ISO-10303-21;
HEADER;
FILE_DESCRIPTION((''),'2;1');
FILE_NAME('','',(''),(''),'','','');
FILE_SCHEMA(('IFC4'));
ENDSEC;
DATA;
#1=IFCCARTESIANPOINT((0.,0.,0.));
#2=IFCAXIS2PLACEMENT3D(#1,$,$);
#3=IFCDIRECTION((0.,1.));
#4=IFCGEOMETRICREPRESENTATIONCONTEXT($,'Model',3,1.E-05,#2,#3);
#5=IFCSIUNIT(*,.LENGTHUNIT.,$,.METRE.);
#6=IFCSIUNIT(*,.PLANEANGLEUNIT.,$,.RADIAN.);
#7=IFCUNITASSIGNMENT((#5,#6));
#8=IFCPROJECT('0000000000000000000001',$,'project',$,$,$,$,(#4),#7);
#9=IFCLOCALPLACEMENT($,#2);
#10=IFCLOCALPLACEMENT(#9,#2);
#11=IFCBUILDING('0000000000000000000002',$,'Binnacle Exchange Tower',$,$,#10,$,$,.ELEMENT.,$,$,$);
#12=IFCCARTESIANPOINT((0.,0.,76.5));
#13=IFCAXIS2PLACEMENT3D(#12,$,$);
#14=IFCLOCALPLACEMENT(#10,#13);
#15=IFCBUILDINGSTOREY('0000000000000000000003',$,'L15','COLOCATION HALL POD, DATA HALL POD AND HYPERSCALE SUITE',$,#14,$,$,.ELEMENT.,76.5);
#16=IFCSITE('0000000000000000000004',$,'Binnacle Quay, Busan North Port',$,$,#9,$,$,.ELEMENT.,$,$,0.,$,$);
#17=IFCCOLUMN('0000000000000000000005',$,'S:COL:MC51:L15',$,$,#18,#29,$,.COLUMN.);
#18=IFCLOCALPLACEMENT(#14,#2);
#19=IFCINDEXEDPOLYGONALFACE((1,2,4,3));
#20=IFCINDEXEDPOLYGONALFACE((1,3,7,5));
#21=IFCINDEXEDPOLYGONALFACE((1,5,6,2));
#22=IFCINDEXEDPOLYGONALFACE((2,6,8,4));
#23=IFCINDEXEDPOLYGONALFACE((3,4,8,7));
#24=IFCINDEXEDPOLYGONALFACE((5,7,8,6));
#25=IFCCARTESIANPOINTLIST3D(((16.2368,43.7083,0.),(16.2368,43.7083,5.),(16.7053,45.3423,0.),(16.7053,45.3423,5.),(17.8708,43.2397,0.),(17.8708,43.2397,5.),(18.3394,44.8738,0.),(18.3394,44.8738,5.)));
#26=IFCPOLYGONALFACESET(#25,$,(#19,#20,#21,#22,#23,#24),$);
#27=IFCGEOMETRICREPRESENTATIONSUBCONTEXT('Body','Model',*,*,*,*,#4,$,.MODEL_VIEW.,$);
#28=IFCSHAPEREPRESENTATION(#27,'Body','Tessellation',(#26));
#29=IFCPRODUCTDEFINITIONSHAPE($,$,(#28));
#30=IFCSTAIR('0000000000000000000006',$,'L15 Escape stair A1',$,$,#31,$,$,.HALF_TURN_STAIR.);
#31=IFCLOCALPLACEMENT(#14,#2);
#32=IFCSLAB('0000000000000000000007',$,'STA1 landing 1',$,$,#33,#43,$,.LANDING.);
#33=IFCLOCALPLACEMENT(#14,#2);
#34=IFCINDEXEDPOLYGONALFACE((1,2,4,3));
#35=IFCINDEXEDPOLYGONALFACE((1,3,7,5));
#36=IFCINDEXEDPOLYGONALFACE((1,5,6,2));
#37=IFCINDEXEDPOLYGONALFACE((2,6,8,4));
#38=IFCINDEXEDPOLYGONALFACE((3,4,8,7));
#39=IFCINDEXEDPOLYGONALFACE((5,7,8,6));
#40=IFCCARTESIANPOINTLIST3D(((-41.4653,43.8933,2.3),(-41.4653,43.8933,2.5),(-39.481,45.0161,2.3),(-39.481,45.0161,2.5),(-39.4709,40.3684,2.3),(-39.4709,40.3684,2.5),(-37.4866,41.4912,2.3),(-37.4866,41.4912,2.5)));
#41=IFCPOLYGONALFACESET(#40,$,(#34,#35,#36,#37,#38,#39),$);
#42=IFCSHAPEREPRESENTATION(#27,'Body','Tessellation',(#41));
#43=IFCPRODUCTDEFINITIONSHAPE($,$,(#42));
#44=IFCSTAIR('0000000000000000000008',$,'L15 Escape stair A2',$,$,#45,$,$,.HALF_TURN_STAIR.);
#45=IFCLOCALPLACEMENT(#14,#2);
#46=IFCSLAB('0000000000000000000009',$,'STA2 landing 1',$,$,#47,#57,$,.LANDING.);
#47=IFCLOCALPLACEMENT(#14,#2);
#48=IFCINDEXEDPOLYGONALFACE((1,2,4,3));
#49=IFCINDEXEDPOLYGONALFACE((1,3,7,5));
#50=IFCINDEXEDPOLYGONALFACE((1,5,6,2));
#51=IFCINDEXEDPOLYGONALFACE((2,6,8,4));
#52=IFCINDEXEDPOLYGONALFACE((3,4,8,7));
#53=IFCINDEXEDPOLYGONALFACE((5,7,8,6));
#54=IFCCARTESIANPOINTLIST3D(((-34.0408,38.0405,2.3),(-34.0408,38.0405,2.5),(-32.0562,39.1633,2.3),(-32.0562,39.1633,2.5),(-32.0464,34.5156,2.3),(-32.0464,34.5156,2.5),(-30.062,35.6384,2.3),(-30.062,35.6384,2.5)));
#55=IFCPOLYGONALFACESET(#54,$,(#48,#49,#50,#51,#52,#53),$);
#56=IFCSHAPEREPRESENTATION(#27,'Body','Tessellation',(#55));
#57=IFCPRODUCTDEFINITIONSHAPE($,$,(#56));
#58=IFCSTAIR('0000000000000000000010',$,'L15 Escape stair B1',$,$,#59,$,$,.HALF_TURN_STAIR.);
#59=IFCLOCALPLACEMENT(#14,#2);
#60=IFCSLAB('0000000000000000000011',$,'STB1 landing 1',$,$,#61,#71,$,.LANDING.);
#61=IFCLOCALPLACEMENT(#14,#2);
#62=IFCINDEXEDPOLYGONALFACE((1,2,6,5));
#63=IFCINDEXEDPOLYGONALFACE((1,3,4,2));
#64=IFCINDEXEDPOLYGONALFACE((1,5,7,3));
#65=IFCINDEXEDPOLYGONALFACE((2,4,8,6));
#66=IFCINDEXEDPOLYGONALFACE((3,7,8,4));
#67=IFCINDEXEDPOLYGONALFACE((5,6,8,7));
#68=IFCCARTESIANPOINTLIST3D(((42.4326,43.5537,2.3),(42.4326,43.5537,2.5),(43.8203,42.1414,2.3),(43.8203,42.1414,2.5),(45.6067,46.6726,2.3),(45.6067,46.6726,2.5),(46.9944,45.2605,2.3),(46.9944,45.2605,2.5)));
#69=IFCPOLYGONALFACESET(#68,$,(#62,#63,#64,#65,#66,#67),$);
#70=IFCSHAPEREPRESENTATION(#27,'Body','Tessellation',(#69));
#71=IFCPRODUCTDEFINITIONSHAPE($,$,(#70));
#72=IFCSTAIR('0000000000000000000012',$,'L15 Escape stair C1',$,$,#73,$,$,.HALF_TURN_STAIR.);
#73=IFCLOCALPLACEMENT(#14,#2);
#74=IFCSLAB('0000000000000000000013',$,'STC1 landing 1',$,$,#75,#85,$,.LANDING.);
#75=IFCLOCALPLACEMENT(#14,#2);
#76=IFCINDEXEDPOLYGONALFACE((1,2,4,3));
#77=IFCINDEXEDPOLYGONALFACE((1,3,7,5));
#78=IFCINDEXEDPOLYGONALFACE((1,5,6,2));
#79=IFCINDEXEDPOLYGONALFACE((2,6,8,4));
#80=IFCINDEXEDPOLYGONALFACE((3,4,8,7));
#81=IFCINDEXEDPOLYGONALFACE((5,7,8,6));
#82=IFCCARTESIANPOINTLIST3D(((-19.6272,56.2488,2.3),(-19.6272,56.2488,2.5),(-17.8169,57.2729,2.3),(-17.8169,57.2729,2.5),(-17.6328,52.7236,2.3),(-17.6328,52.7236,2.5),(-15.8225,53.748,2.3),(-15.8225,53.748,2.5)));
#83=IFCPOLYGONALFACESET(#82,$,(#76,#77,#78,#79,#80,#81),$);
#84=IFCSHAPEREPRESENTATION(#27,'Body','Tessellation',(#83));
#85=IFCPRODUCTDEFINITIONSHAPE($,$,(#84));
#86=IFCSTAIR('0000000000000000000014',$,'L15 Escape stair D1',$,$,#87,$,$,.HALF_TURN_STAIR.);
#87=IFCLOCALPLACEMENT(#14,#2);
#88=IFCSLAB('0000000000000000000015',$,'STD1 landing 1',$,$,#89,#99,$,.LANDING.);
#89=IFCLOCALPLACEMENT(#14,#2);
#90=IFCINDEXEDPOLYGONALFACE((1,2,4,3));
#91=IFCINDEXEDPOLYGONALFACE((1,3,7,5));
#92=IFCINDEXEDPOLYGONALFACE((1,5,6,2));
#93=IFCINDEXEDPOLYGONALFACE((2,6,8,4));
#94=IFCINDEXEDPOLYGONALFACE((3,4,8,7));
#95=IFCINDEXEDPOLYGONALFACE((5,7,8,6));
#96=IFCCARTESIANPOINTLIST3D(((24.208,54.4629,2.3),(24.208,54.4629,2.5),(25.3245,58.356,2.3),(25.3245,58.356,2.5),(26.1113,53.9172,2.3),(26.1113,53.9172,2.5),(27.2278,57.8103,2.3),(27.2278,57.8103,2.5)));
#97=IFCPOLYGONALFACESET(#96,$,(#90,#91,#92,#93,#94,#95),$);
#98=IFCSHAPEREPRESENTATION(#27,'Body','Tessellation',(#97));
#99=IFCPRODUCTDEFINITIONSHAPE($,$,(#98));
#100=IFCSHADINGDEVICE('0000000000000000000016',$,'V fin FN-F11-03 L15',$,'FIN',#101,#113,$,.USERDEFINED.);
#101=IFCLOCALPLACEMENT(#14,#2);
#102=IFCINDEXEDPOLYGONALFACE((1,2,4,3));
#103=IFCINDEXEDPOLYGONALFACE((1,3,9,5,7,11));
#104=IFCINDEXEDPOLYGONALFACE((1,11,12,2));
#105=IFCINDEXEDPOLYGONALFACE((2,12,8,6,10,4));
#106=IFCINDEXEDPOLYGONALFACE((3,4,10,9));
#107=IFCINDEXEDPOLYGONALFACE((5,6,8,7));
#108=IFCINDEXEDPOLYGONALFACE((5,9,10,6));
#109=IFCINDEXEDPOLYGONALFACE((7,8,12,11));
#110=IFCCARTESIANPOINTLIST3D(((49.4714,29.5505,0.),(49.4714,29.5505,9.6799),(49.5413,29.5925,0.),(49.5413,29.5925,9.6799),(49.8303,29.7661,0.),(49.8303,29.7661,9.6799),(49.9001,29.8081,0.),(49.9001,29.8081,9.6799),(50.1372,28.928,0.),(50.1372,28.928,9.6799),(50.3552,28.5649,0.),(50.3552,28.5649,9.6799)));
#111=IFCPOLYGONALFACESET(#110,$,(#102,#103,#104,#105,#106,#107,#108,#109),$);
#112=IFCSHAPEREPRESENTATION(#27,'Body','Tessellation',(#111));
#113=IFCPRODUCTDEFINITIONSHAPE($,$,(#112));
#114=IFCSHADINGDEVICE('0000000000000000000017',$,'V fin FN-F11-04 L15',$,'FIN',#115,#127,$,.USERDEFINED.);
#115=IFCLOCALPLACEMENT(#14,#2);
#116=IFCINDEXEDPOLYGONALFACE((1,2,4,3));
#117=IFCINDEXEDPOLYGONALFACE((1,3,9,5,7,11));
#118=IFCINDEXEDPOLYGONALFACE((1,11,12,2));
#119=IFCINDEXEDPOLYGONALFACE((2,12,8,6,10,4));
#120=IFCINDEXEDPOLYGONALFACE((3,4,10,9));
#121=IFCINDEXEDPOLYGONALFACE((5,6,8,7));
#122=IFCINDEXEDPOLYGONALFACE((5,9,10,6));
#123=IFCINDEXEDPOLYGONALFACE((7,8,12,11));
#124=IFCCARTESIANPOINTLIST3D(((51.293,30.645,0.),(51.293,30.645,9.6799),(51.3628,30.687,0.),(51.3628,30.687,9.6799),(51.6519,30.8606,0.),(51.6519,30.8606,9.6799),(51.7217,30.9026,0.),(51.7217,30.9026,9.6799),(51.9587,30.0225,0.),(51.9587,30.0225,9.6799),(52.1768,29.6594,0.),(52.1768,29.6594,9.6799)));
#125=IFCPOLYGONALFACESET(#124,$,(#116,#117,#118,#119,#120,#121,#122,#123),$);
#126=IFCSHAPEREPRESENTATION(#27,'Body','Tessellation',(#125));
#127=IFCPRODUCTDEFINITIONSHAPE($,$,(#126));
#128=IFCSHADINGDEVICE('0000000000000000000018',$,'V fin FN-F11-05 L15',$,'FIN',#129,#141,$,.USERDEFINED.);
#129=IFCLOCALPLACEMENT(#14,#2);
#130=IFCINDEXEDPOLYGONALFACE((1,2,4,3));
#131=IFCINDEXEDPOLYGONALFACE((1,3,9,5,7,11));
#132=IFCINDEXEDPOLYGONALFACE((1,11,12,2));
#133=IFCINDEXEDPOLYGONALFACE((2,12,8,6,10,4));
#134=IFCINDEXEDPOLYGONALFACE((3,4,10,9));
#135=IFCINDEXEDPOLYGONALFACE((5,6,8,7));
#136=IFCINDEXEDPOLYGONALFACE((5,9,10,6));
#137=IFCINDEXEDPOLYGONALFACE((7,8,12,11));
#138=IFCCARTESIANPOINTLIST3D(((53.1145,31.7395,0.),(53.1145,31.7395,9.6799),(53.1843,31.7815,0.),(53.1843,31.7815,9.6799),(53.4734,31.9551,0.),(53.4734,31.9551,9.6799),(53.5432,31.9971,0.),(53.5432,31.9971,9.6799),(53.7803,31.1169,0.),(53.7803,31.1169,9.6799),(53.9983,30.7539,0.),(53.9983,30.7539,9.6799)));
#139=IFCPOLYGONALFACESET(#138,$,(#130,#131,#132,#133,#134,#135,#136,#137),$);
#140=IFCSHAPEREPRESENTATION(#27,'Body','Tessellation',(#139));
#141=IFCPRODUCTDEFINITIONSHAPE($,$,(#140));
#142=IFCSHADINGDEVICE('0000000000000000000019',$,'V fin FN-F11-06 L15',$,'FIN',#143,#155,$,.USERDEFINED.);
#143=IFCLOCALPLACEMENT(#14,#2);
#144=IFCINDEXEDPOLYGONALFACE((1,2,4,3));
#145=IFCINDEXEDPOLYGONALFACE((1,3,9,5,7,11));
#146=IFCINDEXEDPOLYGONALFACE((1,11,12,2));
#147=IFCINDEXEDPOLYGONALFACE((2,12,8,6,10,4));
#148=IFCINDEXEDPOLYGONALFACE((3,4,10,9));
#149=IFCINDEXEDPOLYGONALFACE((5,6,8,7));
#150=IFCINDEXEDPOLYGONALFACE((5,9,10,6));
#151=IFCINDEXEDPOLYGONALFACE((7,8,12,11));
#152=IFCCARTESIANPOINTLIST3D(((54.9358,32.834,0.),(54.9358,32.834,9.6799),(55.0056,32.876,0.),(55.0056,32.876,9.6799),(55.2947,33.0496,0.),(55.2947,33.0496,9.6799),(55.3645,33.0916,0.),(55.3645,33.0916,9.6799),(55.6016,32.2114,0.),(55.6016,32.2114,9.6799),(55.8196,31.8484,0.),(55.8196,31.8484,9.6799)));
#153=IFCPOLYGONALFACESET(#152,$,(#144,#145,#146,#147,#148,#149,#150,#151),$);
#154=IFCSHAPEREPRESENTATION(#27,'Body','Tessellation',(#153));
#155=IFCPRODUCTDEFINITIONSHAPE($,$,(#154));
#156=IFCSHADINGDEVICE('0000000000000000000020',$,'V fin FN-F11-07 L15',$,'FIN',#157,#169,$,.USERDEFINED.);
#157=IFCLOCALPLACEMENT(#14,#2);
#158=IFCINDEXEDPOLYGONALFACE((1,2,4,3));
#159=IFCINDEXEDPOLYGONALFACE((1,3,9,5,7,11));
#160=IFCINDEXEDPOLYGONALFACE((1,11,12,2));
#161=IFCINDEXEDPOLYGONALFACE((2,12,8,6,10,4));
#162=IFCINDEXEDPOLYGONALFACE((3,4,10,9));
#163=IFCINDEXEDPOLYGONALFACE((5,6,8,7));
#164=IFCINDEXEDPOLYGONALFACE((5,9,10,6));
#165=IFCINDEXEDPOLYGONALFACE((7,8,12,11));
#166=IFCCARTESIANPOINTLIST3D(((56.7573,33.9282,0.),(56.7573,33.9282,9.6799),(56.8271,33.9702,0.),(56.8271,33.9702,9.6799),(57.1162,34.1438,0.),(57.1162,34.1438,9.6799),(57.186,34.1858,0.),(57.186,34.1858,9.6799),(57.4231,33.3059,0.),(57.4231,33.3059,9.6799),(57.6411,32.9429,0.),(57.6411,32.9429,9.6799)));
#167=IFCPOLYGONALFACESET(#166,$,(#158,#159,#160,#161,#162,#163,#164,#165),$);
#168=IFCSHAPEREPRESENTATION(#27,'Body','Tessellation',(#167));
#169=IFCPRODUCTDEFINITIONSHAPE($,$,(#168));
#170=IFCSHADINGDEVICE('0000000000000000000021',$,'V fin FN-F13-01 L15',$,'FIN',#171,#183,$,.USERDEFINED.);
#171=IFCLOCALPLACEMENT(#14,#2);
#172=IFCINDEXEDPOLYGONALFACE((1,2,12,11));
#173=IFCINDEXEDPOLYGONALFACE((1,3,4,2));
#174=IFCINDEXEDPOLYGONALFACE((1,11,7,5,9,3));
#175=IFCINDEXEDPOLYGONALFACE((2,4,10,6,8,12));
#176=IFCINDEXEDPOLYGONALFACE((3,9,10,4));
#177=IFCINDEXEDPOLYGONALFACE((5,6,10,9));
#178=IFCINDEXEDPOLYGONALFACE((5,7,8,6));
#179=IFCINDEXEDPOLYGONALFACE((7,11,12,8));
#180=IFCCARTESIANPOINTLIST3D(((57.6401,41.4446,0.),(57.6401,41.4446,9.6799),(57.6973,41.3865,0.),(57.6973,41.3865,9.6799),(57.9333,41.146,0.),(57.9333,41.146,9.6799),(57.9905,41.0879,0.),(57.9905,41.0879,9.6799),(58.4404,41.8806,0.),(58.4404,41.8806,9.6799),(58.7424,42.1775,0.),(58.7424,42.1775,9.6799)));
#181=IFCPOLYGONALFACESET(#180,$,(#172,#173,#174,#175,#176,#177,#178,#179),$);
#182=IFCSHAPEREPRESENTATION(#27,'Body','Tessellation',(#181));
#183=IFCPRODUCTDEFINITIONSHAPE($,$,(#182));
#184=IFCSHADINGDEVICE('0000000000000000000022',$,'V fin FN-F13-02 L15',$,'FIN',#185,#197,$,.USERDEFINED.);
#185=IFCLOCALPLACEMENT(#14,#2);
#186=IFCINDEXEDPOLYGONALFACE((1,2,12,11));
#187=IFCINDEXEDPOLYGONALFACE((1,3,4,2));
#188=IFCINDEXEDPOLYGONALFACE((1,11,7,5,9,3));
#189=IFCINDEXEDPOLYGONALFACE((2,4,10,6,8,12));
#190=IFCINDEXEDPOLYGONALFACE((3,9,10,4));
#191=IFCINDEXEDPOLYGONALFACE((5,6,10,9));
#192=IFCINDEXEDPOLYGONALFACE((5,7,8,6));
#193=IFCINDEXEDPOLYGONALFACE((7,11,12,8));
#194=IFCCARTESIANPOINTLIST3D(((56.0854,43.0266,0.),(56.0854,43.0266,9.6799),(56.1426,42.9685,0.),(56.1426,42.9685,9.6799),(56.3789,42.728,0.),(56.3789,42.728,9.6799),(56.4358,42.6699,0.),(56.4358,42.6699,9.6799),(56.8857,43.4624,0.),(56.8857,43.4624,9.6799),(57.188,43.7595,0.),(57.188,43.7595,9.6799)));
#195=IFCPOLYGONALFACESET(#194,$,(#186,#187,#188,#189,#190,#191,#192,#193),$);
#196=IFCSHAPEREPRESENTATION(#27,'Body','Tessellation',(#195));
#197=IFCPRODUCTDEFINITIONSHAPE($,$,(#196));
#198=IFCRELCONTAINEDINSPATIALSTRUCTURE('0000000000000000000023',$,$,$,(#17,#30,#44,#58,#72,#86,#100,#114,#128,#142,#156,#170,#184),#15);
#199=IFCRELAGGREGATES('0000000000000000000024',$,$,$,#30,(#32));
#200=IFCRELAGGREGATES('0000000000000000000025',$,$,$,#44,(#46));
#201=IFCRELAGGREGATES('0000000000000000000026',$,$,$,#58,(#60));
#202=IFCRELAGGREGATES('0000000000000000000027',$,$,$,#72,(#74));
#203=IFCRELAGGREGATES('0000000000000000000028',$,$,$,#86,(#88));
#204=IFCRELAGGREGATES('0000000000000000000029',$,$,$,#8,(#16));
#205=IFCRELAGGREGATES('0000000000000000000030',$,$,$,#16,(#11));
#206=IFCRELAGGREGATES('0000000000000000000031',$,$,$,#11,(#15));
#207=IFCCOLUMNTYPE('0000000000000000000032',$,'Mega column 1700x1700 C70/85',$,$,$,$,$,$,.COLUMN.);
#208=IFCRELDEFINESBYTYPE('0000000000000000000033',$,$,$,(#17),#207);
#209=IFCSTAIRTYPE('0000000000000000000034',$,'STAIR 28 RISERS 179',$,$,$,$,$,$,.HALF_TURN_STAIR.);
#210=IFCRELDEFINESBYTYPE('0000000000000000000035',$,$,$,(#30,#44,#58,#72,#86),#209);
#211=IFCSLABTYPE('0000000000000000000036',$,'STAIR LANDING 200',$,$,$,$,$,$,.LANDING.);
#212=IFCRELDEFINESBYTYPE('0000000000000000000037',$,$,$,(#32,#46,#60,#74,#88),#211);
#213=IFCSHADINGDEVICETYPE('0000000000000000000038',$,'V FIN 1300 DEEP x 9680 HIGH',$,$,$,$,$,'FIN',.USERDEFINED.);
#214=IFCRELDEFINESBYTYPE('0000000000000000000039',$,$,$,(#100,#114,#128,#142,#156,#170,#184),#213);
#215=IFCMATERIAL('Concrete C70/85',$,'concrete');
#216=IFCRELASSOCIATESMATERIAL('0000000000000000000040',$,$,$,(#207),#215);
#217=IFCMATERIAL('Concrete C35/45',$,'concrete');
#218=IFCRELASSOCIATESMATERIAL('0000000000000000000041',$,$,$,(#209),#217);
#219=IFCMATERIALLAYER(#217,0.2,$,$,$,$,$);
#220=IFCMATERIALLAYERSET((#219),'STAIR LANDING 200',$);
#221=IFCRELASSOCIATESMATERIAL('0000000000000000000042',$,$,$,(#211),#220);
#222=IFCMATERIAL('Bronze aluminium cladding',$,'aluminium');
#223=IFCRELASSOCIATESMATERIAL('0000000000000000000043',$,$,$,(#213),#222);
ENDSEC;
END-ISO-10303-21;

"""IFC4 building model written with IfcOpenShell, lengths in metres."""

from ifc_helpers import new_model, si_unit, direction, frame, origin, origin_2d, place, context, subcontext, project, spatial, polyline, rectangle, outline, extrude, material, layer, layer_set, material_profile, profile_set, type_object, element, aggregate, save


model = new_model("IFC4")

# Units and contexts
model_context = context("Model", 3, precision=1e-05, world=origin(), true_north=direction((0.0, 1.0)))
body_context = subcontext(model_context, "Body", "Model", "MODEL_VIEW")
ifc_project = project(units=[si_unit("LENGTHUNIT", "METRE"), si_unit("PLANEANGLEUNIT", "RADIAN")], contexts=[model_context])

# Site, building, storey
site_placement = place(None, origin())
site = spatial("IfcSite", under=ifc_project, at=site_placement, Name="Binnacle Quay, Busan North Port", CompositionType="ELEMENT", RefElevation=0.0)
building_placement = place(site_placement, origin())
building = spatial("IfcBuilding", under=site, at=building_placement, Name="Binnacle Exchange Tower", CompositionType="ELEMENT")
storey_placement = place(building_placement, frame((0.0, 0.0, 76.5)))
storey = spatial("IfcBuildingStorey", under=building, at=storey_placement, Name="L15", Description="COLOCATION HALL POD, DATA HALL POD AND HYPERSCALE SUITE", CompositionType="ELEMENT", Elevation=76.5)

# Column
ifc_material_1 = material(Name="Concrete C70/85", Category="concrete")
ifc_material_profile = material_profile(ifc_material_1, rectangle(XDim=1.7, YDim=1.7, at=origin_2d()), Name="Mega column 1700x1700 C70/85")
ifc_profile_set = profile_set([ifc_material_profile], Name="Concrete C70/85")
column_type = type_object("IfcColumnType", Name="Mega column 1700x1700 C70/85", PredefinedType="COLUMN", material=ifc_profile_set)
column_placement = place(storey_placement, frame((17.2881, 44.291, 0.0), z_axis=(0.0, 0.0, 1.0), x_axis=(0.961262, -0.275637, 0.0)))
element("IfcColumn", 1, at=column_placement, inside=storey, type_object=column_type, Name="S:COL:MC51:L15", PredefinedType="COLUMN", context=body_context, shape_type="SweptSolid", body=[
    extrude(rectangle(XDim=1.7, YDim=1.7, at=origin_2d()), origin(), (0.0, 0.0, 1.0), 5.0),
])

# Stairs, slabs
ifc_material_2 = material(Name="Concrete C35/45", Category="concrete")
stair_type = type_object("IfcStairType", Name="STAIR 28 RISERS 179", PredefinedType="HALF_TURN_STAIR", material=ifc_material_2)
stair_1_placement = place(storey_placement, origin())
stair_1 = element("IfcStair", 2, at=stair_1_placement, inside=storey, type_object=stair_type, Name="L15 Escape stair A1", PredefinedType="HALF_TURN_STAIR")
ifc_layer = layer(ifc_material_2, 0.2)
ifc_layer_set = layer_set([ifc_layer], Name="STAIR LANDING 200")
slab_type = type_object("IfcSlabType", Name="STAIR LANDING 200", PredefinedType="LANDING", material=ifc_layer_set)
slab_1_placement = place(storey_placement, frame((0.0, 0.0, 2.3)))
slab_1 = element("IfcSlab", 3, at=slab_1_placement, type_object=slab_type, Name="STA1 landing 1", PredefinedType="LANDING", context=body_context, shape_type="SweptSolid", body=[
    extrude(outline(polyline([(-39.4709, 40.3684), (-37.4866, 41.4912), (-39.481, 45.0161), (-41.4653, 43.8933), (-39.4709, 40.3684)])), origin(), (0.0, 0.0, 1.0), 0.2),
])
aggregate(stair_1, [slab_1])
stair_2_placement = place(storey_placement, origin())
stair_2 = element("IfcStair", 4, at=stair_2_placement, inside=storey, type_object=stair_type, Name="L15 Escape stair A2", PredefinedType="HALF_TURN_STAIR")
slab_2_placement = place(storey_placement, frame((0.0, 0.0, 2.3)))
slab_2 = element("IfcSlab", 5, at=slab_2_placement, type_object=slab_type, Name="STA2 landing 1", PredefinedType="LANDING", context=body_context, shape_type="SweptSolid", body=[
    extrude(outline(polyline([(-32.0562, 39.1633), (-34.0408, 38.0405), (-32.0464, 34.5156), (-30.062, 35.6384), (-32.0562, 39.1633)])), origin(), (0.0, 0.0, 1.0), 0.2),
])
aggregate(stair_2, [slab_2])
stair_3_placement = place(storey_placement, origin())
stair_3 = element("IfcStair", 6, at=stair_3_placement, inside=storey, type_object=stair_type, Name="L15 Escape stair B1", PredefinedType="HALF_TURN_STAIR")
slab_3_placement = place(storey_placement, frame((0.0, 0.0, 2.3)))
slab_3 = element("IfcSlab", 7, at=slab_3_placement, type_object=slab_type, Name="STB1 landing 1", PredefinedType="LANDING", context=body_context, shape_type="SweptSolid", body=[
    extrude(outline(polyline([(42.4326, 43.5537), (43.8203, 42.1414), (46.9944, 45.2605), (45.6067, 46.6726), (42.4326, 43.5537)])), origin(), (0.0, 0.0, 1.0), 0.2),
])
aggregate(stair_3, [slab_3])
stair_4_placement = place(storey_placement, origin())
stair_4 = element("IfcStair", 8, at=stair_4_placement, inside=storey, type_object=stair_type, Name="L15 Escape stair C1", PredefinedType="HALF_TURN_STAIR")
slab_4_placement = place(storey_placement, frame((0.0, 0.0, 2.3)))
slab_4 = element("IfcSlab", 9, at=slab_4_placement, type_object=slab_type, Name="STC1 landing 1", PredefinedType="LANDING", context=body_context, shape_type="SweptSolid", body=[
    extrude(outline(polyline([(-17.6328, 52.7236), (-15.8225, 53.748), (-17.8169, 57.2729), (-19.6272, 56.2488), (-17.6328, 52.7236)])), origin(), (0.0, 0.0, 1.0), 0.2),
])
aggregate(stair_4, [slab_4])
stair_5_placement = place(storey_placement, origin())
stair_5 = element("IfcStair", 10, at=stair_5_placement, inside=storey, type_object=stair_type, Name="L15 Escape stair D1", PredefinedType="HALF_TURN_STAIR")
slab_5_placement = place(storey_placement, frame((0.0, 0.0, 2.3)))
slab_5 = element("IfcSlab", 11, at=slab_5_placement, type_object=slab_type, Name="STD1 landing 1", PredefinedType="LANDING", context=body_context, shape_type="SweptSolid", body=[
    extrude(outline(polyline([(24.208, 54.4629), (26.1113, 53.9172), (27.2278, 57.8103), (25.3245, 58.356), (24.208, 54.4629)])), origin(), (0.0, 0.0, 1.0), 0.2),
])
aggregate(stair_5, [slab_5])

# Shading devices
ifc_material_3 = material(Name="Bronze aluminium cladding", Category="aluminium")
shading_device_type = type_object("IfcShadingDeviceType", Name="V FIN 1300 DEEP x 9680 HIGH", ElementType="FIN", PredefinedType="USERDEFINED", material=ifc_material_3)
shading_device_1_placement = place(storey_placement, origin())
element("IfcShadingDevice", 12, at=shading_device_1_placement, inside=storey, type_object=shading_device_type, Name="V fin FN-F11-03 L15", ObjectType="FIN", PredefinedType="USERDEFINED", context=body_context, shape_type="SweptSolid", body=[
    extrude(outline(polyline([(49.4714, 29.5505), (50.3552, 28.5649), (49.9001, 29.8081), (49.8303, 29.7661), (50.1372, 28.928), (49.5413, 29.5925), (49.4714, 29.5505)])), origin(), (0.0, 0.0, 1.0), 9.6799),
])
shading_device_2_placement = place(storey_placement, origin())
element("IfcShadingDevice", 13, at=shading_device_2_placement, inside=storey, type_object=shading_device_type, Name="V fin FN-F11-04 L15", ObjectType="FIN", PredefinedType="USERDEFINED", context=body_context, shape_type="SweptSolid", body=[
    extrude(outline(polyline([(51.293, 30.645), (52.1768, 29.6594), (51.7217, 30.9026), (51.6519, 30.8606), (51.9587, 30.0225), (51.3628, 30.687), (51.293, 30.645)])), origin(), (0.0, 0.0, 1.0), 9.6799),
])
shading_device_3_placement = place(storey_placement, origin())
element("IfcShadingDevice", 14, at=shading_device_3_placement, inside=storey, type_object=shading_device_type, Name="V fin FN-F11-05 L15", ObjectType="FIN", PredefinedType="USERDEFINED", context=body_context, shape_type="SweptSolid", body=[
    extrude(outline(polyline([(53.1145, 31.7395), (53.9983, 30.7539), (53.5432, 31.9971), (53.4734, 31.9551), (53.7803, 31.1169), (53.1843, 31.7815), (53.1145, 31.7395)])), origin(), (0.0, 0.0, 1.0), 9.6799),
])
shading_device_4_placement = place(storey_placement, origin())
element("IfcShadingDevice", 15, at=shading_device_4_placement, inside=storey, type_object=shading_device_type, Name="V fin FN-F11-06 L15", ObjectType="FIN", PredefinedType="USERDEFINED", context=body_context, shape_type="SweptSolid", body=[
    extrude(outline(polyline([(54.9358, 32.834), (55.8196, 31.8484), (55.3645, 33.0916), (55.2947, 33.0496), (55.6016, 32.2114), (55.0056, 32.876), (54.9358, 32.834)])), origin(), (0.0, 0.0, 1.0), 9.6799),
])
shading_device_5_placement = place(storey_placement, origin())
element("IfcShadingDevice", 16, at=shading_device_5_placement, inside=storey, type_object=shading_device_type, Name="V fin FN-F11-07 L15", ObjectType="FIN", PredefinedType="USERDEFINED", context=body_context, shape_type="SweptSolid", body=[
    extrude(outline(polyline([(56.7573, 33.9282), (57.6411, 32.9429), (57.186, 34.1858), (57.1162, 34.1438), (57.4231, 33.3059), (56.8271, 33.9702), (56.7573, 33.9282)])), origin(), (0.0, 0.0, 1.0), 9.6799),
])
shading_device_6_placement = place(storey_placement, origin())
element("IfcShadingDevice", 17, at=shading_device_6_placement, inside=storey, type_object=shading_device_type, Name="V fin FN-F13-01 L15", ObjectType="FIN", PredefinedType="USERDEFINED", context=body_context, shape_type="SweptSolid", body=[
    extrude(outline(polyline([(57.9905, 41.0879), (58.7424, 42.1775), (57.6401, 41.4446), (57.6973, 41.3865), (58.4404, 41.8806), (57.9333, 41.146), (57.9905, 41.0879)])), origin(), (0.0, 0.0, 1.0), 9.6799),
])
shading_device_7_placement = place(storey_placement, origin())
element("IfcShadingDevice", 18, at=shading_device_7_placement, inside=storey, type_object=shading_device_type, Name="V fin FN-F13-02 L15", ObjectType="FIN", PredefinedType="USERDEFINED", context=body_context, shape_type="SweptSolid", body=[
    extrude(outline(polyline([(56.4358, 42.6699), (57.188, 43.7595), (56.0854, 43.0266), (56.1426, 42.9685), (56.8857, 43.4624), (56.3789, 42.728), (56.4358, 42.6699)])), origin(), (0.0, 0.0, 1.0), 9.6799),
])

save(model, "model.ifc")
